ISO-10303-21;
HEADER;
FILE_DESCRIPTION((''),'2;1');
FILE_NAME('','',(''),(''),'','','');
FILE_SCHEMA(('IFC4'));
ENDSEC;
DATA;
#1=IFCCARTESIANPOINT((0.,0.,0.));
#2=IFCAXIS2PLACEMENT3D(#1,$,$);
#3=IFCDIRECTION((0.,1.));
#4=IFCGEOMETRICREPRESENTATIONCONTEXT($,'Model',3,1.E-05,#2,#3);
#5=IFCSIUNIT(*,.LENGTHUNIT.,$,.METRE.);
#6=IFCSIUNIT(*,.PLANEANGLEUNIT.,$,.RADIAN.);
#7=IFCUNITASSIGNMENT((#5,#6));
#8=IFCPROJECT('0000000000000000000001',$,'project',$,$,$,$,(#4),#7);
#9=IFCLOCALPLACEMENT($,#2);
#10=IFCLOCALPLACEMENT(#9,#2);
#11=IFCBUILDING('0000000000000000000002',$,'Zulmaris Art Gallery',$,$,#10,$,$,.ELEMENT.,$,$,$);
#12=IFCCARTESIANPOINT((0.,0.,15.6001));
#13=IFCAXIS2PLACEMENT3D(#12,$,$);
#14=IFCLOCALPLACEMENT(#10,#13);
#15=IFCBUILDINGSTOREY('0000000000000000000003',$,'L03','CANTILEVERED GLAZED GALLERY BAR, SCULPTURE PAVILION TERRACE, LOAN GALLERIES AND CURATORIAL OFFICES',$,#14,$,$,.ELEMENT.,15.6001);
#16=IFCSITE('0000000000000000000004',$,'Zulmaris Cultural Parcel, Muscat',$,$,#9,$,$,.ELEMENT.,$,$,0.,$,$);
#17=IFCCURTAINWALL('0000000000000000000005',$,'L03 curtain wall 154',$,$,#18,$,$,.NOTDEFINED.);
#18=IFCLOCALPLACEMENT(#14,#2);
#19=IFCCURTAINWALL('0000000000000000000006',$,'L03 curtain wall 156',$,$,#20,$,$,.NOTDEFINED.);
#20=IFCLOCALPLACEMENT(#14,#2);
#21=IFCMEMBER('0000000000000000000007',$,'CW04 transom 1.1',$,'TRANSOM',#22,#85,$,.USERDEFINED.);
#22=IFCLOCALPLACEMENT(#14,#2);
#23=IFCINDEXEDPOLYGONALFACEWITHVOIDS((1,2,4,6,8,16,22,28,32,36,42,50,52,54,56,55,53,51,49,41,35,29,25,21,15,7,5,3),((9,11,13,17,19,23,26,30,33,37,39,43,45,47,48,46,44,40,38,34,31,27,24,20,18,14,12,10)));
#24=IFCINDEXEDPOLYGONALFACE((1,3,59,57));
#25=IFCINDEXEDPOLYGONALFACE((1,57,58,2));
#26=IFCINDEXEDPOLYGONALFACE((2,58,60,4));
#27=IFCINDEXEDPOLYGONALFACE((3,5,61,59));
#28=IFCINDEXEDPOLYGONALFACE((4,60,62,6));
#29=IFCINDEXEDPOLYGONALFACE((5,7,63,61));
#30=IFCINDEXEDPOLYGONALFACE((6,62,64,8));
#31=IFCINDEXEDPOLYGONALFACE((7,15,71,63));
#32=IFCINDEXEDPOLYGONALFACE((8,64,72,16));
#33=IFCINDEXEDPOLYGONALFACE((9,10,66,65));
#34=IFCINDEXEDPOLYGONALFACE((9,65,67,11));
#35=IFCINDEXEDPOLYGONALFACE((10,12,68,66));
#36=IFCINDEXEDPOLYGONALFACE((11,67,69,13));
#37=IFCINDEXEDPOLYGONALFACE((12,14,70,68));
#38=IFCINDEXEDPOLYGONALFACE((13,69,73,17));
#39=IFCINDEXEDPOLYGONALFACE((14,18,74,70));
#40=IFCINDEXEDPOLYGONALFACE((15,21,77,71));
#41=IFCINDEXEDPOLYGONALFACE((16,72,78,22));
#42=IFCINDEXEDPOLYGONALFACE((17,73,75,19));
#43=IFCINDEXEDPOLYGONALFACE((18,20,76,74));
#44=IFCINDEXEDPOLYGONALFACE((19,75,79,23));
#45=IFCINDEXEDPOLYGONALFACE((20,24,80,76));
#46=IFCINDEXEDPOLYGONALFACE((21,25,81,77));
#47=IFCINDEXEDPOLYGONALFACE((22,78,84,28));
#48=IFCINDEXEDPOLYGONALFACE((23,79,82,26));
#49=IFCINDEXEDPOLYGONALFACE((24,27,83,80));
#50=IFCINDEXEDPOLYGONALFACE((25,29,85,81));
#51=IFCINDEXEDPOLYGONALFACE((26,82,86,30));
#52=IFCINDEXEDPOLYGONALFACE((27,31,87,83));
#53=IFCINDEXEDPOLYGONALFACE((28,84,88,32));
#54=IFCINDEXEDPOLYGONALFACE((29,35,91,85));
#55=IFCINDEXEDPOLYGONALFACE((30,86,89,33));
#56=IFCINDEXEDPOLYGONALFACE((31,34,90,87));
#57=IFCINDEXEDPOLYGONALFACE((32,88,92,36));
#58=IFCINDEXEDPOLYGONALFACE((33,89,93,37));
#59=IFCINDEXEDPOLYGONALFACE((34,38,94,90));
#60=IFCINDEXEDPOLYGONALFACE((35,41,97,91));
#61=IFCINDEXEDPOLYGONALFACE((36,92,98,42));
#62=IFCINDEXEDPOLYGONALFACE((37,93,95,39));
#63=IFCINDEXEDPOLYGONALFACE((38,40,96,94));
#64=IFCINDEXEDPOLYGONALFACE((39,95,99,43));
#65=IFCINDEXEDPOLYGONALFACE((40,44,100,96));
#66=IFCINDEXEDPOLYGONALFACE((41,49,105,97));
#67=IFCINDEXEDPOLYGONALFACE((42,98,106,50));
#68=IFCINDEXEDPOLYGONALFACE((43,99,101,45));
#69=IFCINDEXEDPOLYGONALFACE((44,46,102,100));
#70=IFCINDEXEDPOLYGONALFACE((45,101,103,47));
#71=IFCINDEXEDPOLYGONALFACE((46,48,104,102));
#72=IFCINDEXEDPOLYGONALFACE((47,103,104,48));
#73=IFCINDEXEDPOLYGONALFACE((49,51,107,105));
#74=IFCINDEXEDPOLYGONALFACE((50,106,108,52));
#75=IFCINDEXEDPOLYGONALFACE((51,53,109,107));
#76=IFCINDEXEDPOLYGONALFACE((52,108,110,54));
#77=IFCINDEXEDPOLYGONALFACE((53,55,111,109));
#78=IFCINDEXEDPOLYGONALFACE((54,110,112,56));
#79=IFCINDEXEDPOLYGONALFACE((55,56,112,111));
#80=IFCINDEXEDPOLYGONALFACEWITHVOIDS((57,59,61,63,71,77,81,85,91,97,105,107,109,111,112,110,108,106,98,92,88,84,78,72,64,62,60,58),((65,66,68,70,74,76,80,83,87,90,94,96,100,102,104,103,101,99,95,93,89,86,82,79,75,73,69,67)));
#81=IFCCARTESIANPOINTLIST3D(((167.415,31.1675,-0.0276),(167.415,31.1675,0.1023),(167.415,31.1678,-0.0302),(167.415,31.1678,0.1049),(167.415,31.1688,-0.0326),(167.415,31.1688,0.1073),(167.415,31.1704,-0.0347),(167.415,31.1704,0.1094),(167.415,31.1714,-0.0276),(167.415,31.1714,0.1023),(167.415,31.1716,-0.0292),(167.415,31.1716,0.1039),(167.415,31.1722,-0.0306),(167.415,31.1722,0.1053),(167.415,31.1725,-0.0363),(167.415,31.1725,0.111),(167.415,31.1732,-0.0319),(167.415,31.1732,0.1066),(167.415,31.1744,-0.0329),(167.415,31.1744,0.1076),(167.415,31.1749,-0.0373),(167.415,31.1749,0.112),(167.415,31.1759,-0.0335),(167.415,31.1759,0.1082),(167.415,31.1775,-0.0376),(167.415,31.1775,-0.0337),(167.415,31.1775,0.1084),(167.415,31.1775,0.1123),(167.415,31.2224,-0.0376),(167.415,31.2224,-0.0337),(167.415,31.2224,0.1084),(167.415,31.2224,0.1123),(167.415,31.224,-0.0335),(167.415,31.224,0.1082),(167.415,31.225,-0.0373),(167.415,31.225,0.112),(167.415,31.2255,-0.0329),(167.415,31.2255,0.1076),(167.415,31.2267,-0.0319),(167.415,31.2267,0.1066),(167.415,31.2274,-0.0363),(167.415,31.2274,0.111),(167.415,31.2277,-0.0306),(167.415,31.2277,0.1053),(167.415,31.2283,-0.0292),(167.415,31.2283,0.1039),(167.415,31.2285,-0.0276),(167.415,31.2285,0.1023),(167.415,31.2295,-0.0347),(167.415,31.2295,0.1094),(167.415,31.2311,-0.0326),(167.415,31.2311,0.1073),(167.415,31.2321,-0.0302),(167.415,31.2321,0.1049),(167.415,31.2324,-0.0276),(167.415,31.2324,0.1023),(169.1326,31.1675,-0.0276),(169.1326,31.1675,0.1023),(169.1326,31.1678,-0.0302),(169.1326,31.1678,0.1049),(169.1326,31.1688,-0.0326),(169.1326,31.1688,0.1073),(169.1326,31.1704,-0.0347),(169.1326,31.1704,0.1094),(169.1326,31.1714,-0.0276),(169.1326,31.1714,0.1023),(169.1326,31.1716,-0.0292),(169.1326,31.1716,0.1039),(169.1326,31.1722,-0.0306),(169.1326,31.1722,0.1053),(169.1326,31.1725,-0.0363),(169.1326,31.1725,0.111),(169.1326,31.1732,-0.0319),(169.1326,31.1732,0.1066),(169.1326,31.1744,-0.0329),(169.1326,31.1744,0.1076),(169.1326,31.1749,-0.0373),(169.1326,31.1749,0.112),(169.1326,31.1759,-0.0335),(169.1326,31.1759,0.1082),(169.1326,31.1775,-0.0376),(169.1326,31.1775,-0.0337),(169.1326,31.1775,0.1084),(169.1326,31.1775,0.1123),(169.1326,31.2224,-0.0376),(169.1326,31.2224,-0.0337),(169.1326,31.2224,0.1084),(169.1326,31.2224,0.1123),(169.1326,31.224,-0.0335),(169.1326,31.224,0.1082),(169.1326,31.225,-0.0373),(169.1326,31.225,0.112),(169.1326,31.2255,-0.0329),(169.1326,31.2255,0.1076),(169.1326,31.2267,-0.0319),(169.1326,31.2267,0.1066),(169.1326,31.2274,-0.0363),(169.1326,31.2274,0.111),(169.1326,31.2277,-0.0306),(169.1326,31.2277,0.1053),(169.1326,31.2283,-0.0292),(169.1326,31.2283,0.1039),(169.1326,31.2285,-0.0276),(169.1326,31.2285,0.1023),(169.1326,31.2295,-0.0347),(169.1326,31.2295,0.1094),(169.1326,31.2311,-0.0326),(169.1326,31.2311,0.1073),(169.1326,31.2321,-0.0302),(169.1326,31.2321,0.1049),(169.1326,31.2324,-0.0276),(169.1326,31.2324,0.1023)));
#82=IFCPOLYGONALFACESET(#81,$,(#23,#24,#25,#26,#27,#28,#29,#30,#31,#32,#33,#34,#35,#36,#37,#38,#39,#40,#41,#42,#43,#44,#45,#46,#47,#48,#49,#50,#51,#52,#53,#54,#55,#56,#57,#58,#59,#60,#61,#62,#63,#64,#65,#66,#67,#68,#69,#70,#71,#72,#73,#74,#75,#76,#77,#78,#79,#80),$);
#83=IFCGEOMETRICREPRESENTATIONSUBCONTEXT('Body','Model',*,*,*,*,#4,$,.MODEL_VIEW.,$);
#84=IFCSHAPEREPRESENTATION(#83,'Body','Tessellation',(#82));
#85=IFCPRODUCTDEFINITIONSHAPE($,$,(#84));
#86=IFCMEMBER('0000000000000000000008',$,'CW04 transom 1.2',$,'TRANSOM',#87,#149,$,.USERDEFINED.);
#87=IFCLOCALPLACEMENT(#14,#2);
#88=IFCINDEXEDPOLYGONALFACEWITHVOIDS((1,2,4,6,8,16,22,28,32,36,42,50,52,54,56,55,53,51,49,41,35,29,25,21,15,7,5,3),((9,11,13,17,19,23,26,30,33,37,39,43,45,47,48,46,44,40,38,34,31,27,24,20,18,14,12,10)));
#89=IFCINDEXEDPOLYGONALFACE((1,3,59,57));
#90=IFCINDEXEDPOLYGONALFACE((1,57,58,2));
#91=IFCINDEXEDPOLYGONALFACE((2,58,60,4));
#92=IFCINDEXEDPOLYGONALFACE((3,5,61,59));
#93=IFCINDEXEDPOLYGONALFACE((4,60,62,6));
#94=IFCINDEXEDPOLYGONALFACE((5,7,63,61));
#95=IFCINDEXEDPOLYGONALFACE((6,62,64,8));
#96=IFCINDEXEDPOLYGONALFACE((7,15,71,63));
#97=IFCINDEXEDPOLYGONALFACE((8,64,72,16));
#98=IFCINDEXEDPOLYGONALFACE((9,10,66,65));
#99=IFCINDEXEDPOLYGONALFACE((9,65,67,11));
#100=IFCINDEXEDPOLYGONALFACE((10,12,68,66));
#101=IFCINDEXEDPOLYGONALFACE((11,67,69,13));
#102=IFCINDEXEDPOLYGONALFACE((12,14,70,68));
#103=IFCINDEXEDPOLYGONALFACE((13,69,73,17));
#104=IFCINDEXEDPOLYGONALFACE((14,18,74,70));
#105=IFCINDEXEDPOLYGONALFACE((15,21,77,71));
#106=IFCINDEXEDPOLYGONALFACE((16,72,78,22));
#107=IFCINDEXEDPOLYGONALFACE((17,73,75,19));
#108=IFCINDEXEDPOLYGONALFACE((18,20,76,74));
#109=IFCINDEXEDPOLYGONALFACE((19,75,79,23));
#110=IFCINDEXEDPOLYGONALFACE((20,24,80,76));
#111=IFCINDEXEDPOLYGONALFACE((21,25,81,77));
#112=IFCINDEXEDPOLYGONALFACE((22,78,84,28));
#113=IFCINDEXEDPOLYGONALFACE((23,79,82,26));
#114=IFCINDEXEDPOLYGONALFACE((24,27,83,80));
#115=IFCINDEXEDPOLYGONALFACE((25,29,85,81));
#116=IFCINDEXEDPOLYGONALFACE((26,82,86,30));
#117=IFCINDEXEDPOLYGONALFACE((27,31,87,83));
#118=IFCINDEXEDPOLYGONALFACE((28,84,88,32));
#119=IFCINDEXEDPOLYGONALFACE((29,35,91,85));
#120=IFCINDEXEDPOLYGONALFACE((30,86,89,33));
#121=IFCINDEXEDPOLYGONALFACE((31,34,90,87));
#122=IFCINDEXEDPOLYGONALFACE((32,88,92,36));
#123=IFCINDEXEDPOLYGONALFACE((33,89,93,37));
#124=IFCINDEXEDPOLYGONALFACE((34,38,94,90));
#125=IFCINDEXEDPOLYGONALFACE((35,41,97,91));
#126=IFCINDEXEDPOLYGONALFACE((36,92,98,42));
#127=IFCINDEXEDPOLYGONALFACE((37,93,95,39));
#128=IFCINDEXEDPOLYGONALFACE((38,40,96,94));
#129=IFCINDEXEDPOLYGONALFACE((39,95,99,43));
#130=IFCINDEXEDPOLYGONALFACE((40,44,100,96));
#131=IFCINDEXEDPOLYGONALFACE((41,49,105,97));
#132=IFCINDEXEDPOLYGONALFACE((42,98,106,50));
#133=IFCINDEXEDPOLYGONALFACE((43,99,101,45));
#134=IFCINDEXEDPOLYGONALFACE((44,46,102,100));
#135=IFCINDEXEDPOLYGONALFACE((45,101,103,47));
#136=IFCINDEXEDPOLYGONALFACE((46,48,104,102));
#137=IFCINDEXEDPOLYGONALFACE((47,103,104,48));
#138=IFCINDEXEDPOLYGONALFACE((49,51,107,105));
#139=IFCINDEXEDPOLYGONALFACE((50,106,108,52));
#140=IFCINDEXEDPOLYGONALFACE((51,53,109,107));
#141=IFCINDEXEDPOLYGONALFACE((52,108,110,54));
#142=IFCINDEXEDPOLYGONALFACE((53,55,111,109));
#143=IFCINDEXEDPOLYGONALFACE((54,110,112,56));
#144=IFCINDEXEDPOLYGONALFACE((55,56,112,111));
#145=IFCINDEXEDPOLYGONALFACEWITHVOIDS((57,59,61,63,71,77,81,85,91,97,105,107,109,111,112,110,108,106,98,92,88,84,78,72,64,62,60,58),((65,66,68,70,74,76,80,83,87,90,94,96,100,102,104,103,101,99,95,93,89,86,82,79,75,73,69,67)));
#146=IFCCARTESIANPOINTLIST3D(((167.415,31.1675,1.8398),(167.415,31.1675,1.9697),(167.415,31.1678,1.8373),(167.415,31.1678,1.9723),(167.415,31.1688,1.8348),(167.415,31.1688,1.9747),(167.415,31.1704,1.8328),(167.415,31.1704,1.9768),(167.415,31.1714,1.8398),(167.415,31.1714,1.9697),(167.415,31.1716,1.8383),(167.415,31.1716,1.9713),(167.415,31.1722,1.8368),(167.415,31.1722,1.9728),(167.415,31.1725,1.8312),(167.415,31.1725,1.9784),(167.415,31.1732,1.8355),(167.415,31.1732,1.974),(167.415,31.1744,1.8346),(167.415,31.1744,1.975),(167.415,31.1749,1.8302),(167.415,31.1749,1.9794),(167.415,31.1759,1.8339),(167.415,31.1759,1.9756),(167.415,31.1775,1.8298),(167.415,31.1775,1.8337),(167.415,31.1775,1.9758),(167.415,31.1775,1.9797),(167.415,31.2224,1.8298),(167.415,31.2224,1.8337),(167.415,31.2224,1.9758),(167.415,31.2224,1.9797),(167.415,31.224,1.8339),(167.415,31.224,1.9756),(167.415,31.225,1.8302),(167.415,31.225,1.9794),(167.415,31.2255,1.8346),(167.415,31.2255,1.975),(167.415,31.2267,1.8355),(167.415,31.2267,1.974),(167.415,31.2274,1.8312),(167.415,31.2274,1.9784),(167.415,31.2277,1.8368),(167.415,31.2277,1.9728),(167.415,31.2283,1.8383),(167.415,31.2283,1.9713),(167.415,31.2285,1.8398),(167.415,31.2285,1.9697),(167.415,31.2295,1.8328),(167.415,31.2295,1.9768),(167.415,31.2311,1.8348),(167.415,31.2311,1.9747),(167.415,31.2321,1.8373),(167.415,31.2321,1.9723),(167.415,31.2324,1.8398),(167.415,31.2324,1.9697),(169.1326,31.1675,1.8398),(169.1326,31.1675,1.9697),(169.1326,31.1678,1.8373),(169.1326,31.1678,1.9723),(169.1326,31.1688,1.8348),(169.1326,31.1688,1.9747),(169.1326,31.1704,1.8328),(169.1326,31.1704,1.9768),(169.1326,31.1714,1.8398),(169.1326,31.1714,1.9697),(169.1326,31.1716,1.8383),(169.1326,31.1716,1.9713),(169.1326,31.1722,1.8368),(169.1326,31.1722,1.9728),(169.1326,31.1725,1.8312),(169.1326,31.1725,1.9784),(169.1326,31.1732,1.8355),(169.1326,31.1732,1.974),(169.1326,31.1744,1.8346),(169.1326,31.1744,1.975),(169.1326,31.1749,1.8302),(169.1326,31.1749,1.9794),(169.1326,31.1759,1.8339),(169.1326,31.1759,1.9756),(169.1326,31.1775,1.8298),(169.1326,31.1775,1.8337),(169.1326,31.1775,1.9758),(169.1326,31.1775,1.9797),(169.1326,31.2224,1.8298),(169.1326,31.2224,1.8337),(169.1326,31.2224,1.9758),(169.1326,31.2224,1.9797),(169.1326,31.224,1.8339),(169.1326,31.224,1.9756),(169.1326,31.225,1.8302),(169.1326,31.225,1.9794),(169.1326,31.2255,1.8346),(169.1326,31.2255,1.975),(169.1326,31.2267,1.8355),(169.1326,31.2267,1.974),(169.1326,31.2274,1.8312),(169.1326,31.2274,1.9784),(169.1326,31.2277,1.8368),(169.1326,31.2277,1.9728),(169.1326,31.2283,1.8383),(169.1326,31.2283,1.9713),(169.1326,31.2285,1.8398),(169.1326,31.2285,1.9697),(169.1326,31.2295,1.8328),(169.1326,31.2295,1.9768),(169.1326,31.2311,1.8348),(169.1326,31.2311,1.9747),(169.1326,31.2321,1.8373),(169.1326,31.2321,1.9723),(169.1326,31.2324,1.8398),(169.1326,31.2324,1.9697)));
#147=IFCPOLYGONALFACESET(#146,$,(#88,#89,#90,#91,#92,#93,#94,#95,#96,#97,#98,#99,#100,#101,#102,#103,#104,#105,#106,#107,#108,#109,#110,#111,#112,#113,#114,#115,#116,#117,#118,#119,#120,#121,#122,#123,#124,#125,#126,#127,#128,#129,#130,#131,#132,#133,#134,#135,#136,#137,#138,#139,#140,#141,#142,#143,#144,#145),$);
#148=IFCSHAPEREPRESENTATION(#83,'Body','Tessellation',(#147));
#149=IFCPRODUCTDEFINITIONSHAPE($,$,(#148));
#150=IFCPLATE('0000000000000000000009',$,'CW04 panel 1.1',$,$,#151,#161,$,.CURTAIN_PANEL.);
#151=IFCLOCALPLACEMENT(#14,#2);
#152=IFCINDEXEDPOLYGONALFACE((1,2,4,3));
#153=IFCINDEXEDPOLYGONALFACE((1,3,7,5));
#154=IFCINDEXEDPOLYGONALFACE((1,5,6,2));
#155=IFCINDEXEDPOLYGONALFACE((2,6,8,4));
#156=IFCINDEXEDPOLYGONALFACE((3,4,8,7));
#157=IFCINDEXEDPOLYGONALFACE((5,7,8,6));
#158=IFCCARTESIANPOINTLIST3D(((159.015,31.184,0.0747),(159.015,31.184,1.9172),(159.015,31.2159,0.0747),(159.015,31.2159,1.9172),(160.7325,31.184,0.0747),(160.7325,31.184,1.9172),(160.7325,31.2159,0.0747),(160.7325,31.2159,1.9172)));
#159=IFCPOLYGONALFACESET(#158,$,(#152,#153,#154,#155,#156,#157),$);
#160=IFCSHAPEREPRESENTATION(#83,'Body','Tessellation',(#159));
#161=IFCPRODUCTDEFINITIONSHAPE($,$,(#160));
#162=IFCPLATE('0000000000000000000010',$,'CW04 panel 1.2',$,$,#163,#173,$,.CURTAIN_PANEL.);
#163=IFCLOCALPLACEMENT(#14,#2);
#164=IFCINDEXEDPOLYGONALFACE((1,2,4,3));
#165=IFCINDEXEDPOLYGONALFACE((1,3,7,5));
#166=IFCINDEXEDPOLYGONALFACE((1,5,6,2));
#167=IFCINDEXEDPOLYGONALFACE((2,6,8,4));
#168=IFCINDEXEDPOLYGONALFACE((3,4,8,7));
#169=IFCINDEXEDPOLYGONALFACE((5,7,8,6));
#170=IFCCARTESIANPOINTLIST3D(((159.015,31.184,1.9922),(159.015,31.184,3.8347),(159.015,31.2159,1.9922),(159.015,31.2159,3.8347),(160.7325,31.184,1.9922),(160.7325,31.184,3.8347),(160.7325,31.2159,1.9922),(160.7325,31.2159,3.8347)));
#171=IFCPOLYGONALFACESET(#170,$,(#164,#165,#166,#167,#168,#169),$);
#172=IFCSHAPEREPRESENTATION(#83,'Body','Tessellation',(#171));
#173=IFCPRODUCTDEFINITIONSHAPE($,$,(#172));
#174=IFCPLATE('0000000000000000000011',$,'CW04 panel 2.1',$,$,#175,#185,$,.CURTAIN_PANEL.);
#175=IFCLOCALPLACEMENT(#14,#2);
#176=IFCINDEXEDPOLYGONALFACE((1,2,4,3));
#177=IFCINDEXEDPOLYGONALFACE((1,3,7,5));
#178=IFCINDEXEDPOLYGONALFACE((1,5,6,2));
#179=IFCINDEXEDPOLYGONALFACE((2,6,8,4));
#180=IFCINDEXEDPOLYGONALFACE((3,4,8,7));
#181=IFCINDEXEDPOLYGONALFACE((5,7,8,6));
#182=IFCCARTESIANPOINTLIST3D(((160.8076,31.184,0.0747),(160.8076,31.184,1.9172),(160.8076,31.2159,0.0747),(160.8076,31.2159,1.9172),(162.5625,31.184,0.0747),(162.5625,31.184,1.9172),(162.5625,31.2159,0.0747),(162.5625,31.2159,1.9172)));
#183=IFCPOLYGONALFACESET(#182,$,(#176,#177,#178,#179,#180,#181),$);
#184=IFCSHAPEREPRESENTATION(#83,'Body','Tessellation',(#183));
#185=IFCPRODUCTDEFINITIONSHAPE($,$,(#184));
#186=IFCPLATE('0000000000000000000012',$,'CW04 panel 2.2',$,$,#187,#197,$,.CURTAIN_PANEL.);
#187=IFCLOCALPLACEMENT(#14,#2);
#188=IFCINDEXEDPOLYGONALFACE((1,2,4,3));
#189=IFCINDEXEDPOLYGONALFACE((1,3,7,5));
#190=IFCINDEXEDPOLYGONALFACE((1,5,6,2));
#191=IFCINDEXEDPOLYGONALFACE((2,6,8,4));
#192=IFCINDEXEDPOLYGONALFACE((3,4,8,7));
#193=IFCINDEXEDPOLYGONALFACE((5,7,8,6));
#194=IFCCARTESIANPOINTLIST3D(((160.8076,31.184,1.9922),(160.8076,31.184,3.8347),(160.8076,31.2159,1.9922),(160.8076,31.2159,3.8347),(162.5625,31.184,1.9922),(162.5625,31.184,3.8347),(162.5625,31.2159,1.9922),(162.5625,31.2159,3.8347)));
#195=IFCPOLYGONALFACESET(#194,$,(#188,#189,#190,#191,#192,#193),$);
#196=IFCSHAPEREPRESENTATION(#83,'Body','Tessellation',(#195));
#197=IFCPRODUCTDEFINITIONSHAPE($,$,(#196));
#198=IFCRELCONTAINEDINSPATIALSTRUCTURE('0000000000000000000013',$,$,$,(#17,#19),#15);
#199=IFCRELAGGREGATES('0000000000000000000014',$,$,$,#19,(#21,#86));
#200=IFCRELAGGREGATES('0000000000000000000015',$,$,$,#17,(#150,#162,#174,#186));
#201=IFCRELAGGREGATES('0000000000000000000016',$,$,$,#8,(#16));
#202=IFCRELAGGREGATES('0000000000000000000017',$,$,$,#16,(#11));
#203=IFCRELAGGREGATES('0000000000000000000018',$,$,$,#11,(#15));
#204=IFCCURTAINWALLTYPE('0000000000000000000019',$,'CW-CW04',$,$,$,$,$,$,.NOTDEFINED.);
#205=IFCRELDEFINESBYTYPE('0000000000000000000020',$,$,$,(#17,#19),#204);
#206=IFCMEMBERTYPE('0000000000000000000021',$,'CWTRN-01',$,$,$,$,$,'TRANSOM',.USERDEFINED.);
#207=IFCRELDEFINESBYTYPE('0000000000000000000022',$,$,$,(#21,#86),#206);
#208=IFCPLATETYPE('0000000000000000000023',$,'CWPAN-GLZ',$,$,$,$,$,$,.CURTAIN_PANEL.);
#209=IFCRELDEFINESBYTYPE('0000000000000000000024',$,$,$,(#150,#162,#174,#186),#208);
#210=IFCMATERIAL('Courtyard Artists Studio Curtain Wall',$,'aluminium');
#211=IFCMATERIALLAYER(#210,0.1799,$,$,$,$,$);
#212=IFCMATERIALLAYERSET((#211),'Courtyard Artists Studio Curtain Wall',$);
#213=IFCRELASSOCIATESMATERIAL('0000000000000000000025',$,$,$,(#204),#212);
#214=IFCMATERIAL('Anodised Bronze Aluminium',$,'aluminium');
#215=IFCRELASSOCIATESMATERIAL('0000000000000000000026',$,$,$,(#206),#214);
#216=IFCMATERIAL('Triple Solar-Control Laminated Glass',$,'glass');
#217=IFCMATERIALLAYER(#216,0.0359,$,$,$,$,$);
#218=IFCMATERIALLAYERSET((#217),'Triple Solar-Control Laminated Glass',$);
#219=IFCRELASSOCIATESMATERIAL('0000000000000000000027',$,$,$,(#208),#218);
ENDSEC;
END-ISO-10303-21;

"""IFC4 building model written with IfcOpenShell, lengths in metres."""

from ifc_helpers import new_model, si_unit, direction, frame, origin, origin_2d, place, context, subcontext, project, spatial, rectangle, hollow_rectangle, extrude, material, layer, layer_set, material_profile, profile_set, type_object, element, aggregate, save


model = new_model("IFC4")

# Units and contexts
model_context = context("Model", 3, precision=1e-05, world=origin(), true_north=direction((0.0, 1.0)))
body_context = subcontext(model_context, "Body", "Model", "MODEL_VIEW")
ifc_project = project(units=[si_unit("LENGTHUNIT", "METRE"), si_unit("PLANEANGLEUNIT", "RADIAN")], contexts=[model_context])

# Site, building, storey
site_placement = place(None, origin())
site = spatial("IfcSite", under=ifc_project, at=site_placement, Name="Zulmaris Cultural Parcel, Muscat", CompositionType="ELEMENT", RefElevation=0.0)
building_placement = place(site_placement, origin())
building = spatial("IfcBuilding", under=site, at=building_placement, Name="Zulmaris Art Gallery", CompositionType="ELEMENT")
storey_placement = place(building_placement, frame((0.0, 0.0, 15.6001)))
storey = spatial("IfcBuildingStorey", under=building, at=storey_placement, Name="L03", Description="CANTILEVERED GLAZED GALLERY BAR, SCULPTURE PAVILION TERRACE, LOAN GALLERIES AND CURATORIAL OFFICES", CompositionType="ELEMENT", Elevation=15.6001)

# Curtain wall
ifc_material_1 = material(Name="Courtyard Artists Studio Curtain Wall", Category="aluminium")
ifc_layer_1 = layer(ifc_material_1, 0.1799)
ifc_layer_set_1 = layer_set([ifc_layer_1], Name="Courtyard Artists Studio Curtain Wall")
curtain_wall_type = type_object("IfcCurtainWallType", Name="CW-CW04", PredefinedType="NOTDEFINED", material=ifc_layer_set_1)
curtain_wall_1_placement = place(storey_placement, origin())
curtain_wall_1 = element("IfcCurtainWall", 1, at=curtain_wall_1_placement, inside=storey, type_object=curtain_wall_type, Name="L03 curtain wall 154", PredefinedType="NOTDEFINED")
ifc_material_2 = material(Name="Anodised Bronze Aluminium", Category="aluminium")

# Curtain wall
curtain_wall_2_placement = place(storey_placement, origin())
curtain_wall_2 = element("IfcCurtainWall", 2, at=curtain_wall_2_placement, inside=storey, type_object=curtain_wall_type, Name="L03 curtain wall 156", PredefinedType="NOTDEFINED")

# Members
ifc_material_profile_1 = material_profile(ifc_material_2, hollow_rectangle(XDim=0.0649, YDim=0.1499, WallThickness=0.0039, InnerFilletRadius=0.0061, OuterFilletRadius=0.01, at=origin_2d()), Name="ALU 65x150x4")
ifc_profile_set_1 = profile_set([ifc_material_profile_1], Name="Anodised Bronze Aluminium")
member_type_1 = type_object("IfcMemberType", Name="CWTRN-01", ElementType="TRANSOM", PredefinedType="USERDEFINED", material=ifc_profile_set_1)
member_1_placement = place(storey_placement, frame((167.415, 31.2, 0.0374), z_axis=(1.0, 0.0, 0.0), x_axis=(0.0, 1.0, 0.0)))
member_1 = element("IfcMember", 3, at=member_1_placement, type_object=member_type_1, Name="CW04 transom 1.1", ObjectType="TRANSOM", PredefinedType="USERDEFINED", context=body_context, shape_type="SweptSolid", body=[
    extrude(hollow_rectangle(XDim=0.0649, YDim=0.1499, WallThickness=0.0039, InnerFilletRadius=0.0061, OuterFilletRadius=0.01, at=origin_2d()), origin(), (0.0, 0.0, 1.0), 1.7175),
])
member_2_placement = place(storey_placement, frame((167.415, 31.2, 1.9048), z_axis=(1.0, 0.0, 0.0), x_axis=(0.0, 1.0, 0.0)))
member_2 = element("IfcMember", 4, at=member_2_placement, type_object=member_type_1, Name="CW04 transom 1.2", ObjectType="TRANSOM", PredefinedType="USERDEFINED", context=body_context, shape_type="SweptSolid", body=[
    extrude(hollow_rectangle(XDim=0.0649, YDim=0.1499, WallThickness=0.0039, InnerFilletRadius=0.0061, OuterFilletRadius=0.01, at=origin_2d()), origin(), (0.0, 0.0, 1.0), 1.7175),
])
aggregate(curtain_wall_2, [member_1, member_2])

# Plates
ifc_material_3 = material(Name="Triple Solar-Control Laminated Glass", Category="glass")
ifc_layer_2 = layer(ifc_material_3, 0.0359)
ifc_layer_set_2 = layer_set([ifc_layer_2], Name="Triple Solar-Control Laminated Glass")
plate_type = type_object("IfcPlateType", Name="CWPAN-GLZ", PredefinedType="CURTAIN_PANEL", material=ifc_layer_set_2)
plate_1_placement = place(storey_placement, frame((159.8738, 31.2, 0.0747), z_axis=(0.0, 0.0, 1.0), x_axis=(1.0, 0.0, 0.0)))
plate_1 = element("IfcPlate", 5, at=plate_1_placement, type_object=plate_type, Name="CW04 panel 1.1", PredefinedType="CURTAIN_PANEL", context=body_context, shape_type="SweptSolid", body=[
    extrude(rectangle(XDim=1.7175, YDim=0.032, at=origin_2d()), origin(), (0.0, 0.0, 1.0), 1.8425),
])
plate_2_placement = place(storey_placement, frame((159.8738, 31.2, 1.9922), z_axis=(0.0, 0.0, 1.0), x_axis=(1.0, 0.0, 0.0)))
plate_2 = element("IfcPlate", 6, at=plate_2_placement, type_object=plate_type, Name="CW04 panel 1.2", PredefinedType="CURTAIN_PANEL", context=body_context, shape_type="SweptSolid", body=[
    extrude(rectangle(XDim=1.7175, YDim=0.032, at=origin_2d()), origin(), (0.0, 0.0, 1.0), 1.8425),
])
plate_3_placement = place(storey_placement, frame((161.6851, 31.2, 0.0747), z_axis=(0.0, 0.0, 1.0), x_axis=(1.0, 0.0, 0.0)))
plate_3 = element("IfcPlate", 7, at=plate_3_placement, type_object=plate_type, Name="CW04 panel 2.1", PredefinedType="CURTAIN_PANEL", context=body_context, shape_type="SweptSolid", body=[
    extrude(rectangle(XDim=1.7549, YDim=0.032, at=origin_2d()), origin(), (0.0, 0.0, 1.0), 1.8425),
])
plate_4_placement = place(storey_placement, frame((161.6851, 31.2, 1.9922), z_axis=(0.0, 0.0, 1.0), x_axis=(1.0, 0.0, 0.0)))
plate_4 = element("IfcPlate", 8, at=plate_4_placement, type_object=plate_type, Name="CW04 panel 2.2", PredefinedType="CURTAIN_PANEL", context=body_context, shape_type="SweptSolid", body=[
    extrude(rectangle(XDim=1.7549, YDim=0.032, at=origin_2d()), origin(), (0.0, 0.0, 1.0), 1.8425),
])
aggregate(curtain_wall_1, [plate_1, plate_2, plate_3, plate_4])

save(model, "model.ifc")
